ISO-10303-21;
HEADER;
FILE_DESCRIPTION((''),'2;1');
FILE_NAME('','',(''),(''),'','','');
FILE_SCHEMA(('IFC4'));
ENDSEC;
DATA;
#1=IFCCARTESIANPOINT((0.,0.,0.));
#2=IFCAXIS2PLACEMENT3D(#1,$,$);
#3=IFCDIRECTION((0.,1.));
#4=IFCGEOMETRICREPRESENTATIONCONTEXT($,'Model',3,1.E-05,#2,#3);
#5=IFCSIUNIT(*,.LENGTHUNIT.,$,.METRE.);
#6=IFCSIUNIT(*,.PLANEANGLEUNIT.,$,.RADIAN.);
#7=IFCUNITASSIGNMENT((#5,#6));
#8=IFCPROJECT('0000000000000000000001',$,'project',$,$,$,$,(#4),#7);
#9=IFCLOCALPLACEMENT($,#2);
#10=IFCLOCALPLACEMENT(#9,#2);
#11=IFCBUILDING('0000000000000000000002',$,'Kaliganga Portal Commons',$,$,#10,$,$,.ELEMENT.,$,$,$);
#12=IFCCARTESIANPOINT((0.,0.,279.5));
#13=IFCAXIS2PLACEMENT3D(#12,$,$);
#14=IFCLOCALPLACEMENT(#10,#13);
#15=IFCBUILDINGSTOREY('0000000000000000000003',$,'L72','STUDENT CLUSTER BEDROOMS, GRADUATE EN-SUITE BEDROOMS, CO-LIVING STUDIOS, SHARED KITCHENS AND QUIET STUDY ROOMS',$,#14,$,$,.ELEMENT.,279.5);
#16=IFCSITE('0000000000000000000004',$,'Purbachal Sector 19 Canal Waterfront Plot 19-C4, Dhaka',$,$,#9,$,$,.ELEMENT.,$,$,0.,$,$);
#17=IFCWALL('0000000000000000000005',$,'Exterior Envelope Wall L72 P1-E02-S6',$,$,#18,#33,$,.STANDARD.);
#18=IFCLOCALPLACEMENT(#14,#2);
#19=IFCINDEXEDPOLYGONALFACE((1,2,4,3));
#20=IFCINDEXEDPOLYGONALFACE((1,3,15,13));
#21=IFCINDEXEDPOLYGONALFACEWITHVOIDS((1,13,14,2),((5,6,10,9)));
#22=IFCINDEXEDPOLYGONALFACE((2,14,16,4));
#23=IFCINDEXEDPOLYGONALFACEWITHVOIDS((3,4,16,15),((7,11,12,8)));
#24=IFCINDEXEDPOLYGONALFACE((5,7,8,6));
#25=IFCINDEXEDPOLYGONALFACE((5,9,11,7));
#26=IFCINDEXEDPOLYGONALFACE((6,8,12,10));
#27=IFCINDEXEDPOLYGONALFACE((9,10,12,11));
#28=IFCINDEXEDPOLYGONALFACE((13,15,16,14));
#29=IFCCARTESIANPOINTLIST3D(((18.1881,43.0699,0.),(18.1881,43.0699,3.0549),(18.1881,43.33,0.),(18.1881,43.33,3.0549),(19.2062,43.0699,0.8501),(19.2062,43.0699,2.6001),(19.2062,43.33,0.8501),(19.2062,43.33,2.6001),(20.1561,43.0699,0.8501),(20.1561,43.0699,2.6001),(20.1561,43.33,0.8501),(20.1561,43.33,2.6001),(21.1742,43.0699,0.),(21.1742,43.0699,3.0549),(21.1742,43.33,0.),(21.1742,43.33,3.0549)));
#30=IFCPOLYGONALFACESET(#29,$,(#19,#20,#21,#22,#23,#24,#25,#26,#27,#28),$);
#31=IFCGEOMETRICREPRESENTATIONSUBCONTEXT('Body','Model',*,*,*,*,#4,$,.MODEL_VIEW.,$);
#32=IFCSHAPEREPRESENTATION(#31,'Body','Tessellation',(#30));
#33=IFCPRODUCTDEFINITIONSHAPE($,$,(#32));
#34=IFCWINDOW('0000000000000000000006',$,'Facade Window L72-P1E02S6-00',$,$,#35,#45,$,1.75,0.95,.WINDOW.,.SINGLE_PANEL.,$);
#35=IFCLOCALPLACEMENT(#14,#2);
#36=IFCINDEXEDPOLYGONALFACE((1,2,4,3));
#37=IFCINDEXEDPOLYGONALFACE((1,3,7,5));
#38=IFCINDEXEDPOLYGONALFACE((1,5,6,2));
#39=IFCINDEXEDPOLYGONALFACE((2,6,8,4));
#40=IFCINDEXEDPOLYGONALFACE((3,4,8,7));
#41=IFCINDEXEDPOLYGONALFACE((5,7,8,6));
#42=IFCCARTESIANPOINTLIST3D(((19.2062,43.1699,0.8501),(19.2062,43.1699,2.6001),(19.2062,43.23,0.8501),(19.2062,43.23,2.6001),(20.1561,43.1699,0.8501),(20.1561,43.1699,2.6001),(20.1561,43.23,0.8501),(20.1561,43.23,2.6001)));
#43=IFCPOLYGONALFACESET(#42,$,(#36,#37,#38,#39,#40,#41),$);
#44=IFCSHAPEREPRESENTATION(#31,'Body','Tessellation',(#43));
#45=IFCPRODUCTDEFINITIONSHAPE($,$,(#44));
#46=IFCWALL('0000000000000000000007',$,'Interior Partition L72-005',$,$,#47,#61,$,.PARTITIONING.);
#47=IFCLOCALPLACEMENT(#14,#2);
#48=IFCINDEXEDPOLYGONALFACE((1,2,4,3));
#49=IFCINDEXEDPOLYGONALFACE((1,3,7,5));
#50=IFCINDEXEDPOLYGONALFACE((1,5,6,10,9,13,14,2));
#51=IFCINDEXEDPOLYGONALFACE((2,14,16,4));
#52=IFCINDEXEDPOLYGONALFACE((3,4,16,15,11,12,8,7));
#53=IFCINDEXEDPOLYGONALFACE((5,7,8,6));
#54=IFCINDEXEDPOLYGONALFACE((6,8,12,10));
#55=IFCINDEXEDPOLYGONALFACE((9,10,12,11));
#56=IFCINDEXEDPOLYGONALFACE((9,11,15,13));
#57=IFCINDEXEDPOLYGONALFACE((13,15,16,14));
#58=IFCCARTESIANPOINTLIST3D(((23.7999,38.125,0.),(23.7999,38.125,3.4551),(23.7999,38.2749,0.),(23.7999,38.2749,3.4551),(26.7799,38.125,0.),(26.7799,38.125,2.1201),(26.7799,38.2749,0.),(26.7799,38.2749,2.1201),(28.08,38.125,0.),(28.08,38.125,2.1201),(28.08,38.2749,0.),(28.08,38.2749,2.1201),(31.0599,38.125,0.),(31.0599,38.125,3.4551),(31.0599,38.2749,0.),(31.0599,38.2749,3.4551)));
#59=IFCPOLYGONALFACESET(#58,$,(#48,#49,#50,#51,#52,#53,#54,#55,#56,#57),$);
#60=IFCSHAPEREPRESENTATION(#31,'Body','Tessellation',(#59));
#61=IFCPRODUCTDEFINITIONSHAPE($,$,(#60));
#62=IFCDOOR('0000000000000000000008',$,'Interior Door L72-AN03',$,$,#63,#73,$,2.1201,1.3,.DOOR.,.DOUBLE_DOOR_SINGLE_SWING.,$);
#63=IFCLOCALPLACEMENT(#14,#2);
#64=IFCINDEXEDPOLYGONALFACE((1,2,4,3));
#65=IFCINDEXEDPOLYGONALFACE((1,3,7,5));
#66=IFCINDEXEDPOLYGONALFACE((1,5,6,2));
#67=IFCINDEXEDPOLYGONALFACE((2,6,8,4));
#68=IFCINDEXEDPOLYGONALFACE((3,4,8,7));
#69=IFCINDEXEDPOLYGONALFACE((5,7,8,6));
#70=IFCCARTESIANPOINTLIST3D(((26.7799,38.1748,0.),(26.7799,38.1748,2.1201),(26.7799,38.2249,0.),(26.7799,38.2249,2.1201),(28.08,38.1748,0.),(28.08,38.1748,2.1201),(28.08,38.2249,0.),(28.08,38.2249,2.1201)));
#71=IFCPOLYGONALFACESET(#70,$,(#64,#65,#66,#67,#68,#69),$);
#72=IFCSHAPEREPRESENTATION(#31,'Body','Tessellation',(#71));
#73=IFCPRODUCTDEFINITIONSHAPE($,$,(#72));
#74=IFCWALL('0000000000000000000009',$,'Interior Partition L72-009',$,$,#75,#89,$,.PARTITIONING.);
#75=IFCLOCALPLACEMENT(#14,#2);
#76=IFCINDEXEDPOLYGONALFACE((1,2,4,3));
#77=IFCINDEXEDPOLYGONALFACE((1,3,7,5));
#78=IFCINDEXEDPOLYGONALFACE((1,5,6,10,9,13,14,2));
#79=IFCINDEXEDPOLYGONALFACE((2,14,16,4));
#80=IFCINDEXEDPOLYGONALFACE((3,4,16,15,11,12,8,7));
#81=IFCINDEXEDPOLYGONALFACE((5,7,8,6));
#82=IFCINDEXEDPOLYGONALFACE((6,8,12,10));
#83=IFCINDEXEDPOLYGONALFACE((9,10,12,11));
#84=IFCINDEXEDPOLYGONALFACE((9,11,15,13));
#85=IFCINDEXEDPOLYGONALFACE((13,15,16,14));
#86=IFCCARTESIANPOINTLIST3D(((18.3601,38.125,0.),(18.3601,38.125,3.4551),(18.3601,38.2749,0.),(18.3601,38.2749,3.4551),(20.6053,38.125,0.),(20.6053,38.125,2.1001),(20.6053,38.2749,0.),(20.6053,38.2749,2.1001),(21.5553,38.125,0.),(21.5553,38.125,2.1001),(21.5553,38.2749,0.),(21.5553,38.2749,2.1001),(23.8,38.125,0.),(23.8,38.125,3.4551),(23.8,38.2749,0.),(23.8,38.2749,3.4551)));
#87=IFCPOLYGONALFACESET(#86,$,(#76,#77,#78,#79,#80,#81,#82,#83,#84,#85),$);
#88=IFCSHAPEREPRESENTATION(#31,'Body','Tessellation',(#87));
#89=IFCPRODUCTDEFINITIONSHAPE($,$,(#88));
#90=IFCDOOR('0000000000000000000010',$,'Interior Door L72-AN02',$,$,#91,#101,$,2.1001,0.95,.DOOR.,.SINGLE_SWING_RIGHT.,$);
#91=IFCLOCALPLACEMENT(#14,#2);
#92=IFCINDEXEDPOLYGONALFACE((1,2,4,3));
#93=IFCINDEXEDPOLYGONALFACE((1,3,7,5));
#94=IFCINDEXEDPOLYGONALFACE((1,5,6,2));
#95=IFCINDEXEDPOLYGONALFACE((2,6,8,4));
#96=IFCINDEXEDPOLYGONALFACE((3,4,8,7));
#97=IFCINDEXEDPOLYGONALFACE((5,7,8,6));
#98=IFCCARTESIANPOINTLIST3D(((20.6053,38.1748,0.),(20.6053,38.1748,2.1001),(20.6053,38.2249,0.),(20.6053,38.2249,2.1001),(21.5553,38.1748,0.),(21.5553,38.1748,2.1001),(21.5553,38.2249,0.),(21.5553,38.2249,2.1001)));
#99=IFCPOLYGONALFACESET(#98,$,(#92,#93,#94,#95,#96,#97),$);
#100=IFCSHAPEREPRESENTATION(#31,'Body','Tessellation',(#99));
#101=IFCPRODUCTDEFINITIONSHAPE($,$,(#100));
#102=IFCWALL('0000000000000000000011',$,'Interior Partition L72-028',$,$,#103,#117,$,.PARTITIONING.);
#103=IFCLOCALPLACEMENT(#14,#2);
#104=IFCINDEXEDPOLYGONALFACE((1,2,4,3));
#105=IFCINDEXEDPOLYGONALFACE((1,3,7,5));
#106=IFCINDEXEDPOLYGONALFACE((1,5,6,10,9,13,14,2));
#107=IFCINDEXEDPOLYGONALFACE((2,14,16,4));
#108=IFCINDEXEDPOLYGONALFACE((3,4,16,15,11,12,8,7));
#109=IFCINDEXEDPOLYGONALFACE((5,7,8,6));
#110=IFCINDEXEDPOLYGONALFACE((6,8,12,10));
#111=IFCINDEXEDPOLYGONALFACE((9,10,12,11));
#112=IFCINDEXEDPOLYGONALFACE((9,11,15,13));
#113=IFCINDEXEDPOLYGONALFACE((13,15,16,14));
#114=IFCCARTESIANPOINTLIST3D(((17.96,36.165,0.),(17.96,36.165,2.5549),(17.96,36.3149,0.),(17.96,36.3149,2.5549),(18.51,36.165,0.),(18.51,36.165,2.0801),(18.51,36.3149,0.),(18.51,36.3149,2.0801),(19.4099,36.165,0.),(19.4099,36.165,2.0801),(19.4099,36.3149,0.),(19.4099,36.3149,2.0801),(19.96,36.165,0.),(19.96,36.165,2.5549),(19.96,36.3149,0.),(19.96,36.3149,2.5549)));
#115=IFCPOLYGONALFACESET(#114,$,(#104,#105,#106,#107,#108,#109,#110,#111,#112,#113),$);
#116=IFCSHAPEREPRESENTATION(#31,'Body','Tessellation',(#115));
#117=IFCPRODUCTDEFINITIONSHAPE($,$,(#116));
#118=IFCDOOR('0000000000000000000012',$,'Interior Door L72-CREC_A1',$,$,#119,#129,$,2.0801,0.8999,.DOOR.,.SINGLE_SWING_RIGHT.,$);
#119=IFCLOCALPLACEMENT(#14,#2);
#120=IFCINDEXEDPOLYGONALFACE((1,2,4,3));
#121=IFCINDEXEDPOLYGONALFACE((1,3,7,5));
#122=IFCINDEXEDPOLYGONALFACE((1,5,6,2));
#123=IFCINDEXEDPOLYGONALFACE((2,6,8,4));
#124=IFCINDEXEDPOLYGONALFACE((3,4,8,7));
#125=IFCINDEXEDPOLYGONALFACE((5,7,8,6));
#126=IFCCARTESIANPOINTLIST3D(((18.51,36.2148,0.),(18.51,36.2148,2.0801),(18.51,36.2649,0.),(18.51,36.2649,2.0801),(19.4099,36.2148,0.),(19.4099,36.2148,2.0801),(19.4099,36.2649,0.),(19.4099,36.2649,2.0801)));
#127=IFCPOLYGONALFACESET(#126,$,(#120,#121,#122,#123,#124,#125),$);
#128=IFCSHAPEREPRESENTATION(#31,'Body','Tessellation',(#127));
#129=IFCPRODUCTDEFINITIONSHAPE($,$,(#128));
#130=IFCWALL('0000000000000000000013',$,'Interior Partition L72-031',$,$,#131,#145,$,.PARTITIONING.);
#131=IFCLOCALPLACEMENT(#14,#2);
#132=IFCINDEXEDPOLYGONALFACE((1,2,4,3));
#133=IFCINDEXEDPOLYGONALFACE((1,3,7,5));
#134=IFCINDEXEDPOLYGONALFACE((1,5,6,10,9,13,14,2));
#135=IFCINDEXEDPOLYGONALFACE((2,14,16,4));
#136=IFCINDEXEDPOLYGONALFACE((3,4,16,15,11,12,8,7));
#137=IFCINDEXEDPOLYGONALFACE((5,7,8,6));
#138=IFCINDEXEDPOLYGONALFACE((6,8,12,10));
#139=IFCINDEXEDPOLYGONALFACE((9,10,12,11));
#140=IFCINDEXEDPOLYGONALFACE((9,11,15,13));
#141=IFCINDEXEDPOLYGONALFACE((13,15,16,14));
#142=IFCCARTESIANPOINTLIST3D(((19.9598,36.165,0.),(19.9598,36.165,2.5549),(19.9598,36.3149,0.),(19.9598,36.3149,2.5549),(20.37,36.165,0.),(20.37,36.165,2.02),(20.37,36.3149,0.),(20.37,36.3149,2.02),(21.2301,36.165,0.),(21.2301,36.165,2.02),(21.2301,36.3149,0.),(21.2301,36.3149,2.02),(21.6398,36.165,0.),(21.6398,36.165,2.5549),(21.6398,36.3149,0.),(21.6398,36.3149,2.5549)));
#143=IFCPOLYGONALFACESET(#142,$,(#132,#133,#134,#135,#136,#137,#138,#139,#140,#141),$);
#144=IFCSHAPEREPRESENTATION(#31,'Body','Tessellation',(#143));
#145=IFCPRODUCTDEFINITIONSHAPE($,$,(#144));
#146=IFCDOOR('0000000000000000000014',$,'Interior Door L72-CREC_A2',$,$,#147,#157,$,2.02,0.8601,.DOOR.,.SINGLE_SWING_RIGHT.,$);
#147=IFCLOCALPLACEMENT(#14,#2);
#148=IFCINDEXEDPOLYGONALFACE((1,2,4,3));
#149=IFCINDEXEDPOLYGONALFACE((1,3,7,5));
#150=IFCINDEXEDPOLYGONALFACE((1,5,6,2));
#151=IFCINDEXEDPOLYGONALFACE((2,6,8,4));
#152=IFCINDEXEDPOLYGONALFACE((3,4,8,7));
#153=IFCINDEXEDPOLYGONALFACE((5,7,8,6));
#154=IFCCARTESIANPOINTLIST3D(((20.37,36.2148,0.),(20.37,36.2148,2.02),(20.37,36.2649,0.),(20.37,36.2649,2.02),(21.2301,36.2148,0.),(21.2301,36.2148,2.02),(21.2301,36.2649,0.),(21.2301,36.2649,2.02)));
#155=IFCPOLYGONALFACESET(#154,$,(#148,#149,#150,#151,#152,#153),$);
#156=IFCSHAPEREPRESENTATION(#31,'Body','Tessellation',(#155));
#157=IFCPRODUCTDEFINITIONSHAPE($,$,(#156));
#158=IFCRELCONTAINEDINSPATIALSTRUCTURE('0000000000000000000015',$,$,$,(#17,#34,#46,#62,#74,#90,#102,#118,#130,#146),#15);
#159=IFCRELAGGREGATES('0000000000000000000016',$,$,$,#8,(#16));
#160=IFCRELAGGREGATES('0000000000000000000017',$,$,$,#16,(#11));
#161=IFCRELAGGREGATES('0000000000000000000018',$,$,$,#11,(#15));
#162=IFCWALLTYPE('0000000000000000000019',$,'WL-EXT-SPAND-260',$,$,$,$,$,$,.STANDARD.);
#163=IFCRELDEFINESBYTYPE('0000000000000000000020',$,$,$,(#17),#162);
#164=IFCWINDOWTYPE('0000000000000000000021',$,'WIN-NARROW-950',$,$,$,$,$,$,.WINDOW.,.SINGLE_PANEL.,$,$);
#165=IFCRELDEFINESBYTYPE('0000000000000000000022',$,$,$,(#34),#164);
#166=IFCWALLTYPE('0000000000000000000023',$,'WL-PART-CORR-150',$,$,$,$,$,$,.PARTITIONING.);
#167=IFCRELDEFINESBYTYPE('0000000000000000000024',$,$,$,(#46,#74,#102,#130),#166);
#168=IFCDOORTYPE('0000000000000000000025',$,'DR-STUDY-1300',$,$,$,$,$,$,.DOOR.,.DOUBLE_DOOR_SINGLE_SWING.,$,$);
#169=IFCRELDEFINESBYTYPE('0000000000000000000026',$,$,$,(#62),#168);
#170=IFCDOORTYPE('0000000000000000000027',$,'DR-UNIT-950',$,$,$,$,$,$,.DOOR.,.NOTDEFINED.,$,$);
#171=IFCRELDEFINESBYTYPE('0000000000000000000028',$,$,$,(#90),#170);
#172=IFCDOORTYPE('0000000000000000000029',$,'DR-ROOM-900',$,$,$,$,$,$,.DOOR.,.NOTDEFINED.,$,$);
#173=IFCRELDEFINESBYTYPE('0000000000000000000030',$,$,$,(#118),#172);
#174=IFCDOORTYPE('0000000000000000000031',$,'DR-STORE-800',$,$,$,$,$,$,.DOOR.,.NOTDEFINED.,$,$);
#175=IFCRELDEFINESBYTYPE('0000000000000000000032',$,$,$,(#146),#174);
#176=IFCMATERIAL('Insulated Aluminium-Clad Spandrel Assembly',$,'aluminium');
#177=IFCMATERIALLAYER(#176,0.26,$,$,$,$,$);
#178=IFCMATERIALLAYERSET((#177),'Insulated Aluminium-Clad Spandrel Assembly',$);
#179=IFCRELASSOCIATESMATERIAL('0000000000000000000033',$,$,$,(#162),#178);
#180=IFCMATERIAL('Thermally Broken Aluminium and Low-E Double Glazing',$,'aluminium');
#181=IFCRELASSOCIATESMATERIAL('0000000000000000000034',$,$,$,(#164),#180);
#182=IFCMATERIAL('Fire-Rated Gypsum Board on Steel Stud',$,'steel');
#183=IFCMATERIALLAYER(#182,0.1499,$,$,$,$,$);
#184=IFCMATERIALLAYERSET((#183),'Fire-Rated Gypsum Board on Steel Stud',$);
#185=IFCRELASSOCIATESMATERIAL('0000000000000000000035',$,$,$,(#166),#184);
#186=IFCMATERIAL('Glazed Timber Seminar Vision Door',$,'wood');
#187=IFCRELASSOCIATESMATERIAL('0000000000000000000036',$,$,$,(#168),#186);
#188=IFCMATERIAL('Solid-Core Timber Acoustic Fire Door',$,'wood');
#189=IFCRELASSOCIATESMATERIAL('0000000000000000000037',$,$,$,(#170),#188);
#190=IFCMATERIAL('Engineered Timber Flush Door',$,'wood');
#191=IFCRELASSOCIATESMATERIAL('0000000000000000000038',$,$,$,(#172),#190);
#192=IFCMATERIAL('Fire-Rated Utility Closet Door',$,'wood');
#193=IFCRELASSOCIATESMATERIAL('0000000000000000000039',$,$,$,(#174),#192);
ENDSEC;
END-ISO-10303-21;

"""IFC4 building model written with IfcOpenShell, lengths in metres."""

from ifc_helpers import new_model, si_unit, direction, frame, frame_2d, origin, place, context, subcontext, project, spatial, rectangle, extrude, material, layer, layer_set, type_object, element, fill, save


model = new_model("IFC4")

# Units and contexts
model_context = context("Model", 3, precision=1e-05, world=origin(), true_north=direction((0.0, 1.0)))
body_context = subcontext(model_context, "Body", "Model", "MODEL_VIEW")
ifc_project = project(units=[si_unit("LENGTHUNIT", "METRE"), si_unit("PLANEANGLEUNIT", "RADIAN")], contexts=[model_context])

# Site, building, storey
site_placement = place(None, origin())
site = spatial("IfcSite", under=ifc_project, at=site_placement, Name="Purbachal Sector 19 Canal Waterfront Plot 19-C4, Dhaka", CompositionType="ELEMENT", RefElevation=0.0)
building_placement = place(site_placement, origin())
building = spatial("IfcBuilding", under=site, at=building_placement, Name="Kaliganga Portal Commons", CompositionType="ELEMENT")
storey_placement = place(building_placement, frame((0.0, 0.0, 279.5)))
storey = spatial("IfcBuildingStorey", under=building, at=storey_placement, Name="L72", Description="STUDENT CLUSTER BEDROOMS, GRADUATE EN-SUITE BEDROOMS, CO-LIVING STUDIOS, SHARED KITCHENS AND QUIET STUDY ROOMS", CompositionType="ELEMENT", Elevation=279.5)

# Wall, opening, window
ifc_material_1 = material(Name="Insulated Aluminium-Clad Spandrel Assembly", Category="aluminium")
ifc_layer_1 = layer(ifc_material_1, 0.26)
ifc_layer_set_1 = layer_set([ifc_layer_1], Name="Insulated Aluminium-Clad Spandrel Assembly")
wall_type_1 = type_object("IfcWallType", Name="WL-EXT-SPAND-260", PredefinedType="STANDARD", material=ifc_layer_set_1)
ifc_material_2 = material(Name="Thermally Broken Aluminium and Low-E Double Glazing", Category="aluminium")
window_type = type_object("IfcWindowType", Name="WIN-NARROW-950", PartitioningType="SINGLE_PANEL", PredefinedType="WINDOW", material=ifc_material_2)
wall_1_placement = place(storey_placement, frame((18.188, 43.2, 0.0), z_axis=(0.0, 0.0, 1.0), x_axis=(1.0, 0.0, 0.0)))
wall_1 = element("IfcWall", 1, at=wall_1_placement, inside=storey, type_object=wall_type_1, Name="Exterior Envelope Wall L72 P1-E02-S6", PredefinedType="STANDARD", context=body_context, shape_type="SweptSolid", body=[
    extrude(rectangle(XDim=2.9861, YDim=0.26, at=frame_2d((1.4932, 0.0))), origin(), (0.0, 0.0, 1.0), 3.0549),
])
opening_1_placement = place(wall_1_placement, frame((1.0181, 0.0, 0.8501)))
opening_1 = element("IfcOpeningElement", 2, at=opening_1_placement, cuts=wall_1, PredefinedType="OPENING", context=body_context, shape_type="SweptSolid", body=[
    extrude(rectangle(XDim=0.95, YDim=1.75, at=frame_2d((0.4751, 0.875))), frame((0.0, 0.1401, 0.0), z_axis=(0.0, -1.0, 0.0), x_axis=(1.0, 0.0, 0.0)), (0.0, 0.0, 1.0), 0.28),
])
window_1_placement = place(opening_1_placement, origin())
window_1 = element("IfcWindow", 3, at=window_1_placement, inside=storey, type_object=window_type, Name="Facade Window L72-P1E02S6-00", OverallHeight=1.75, OverallWidth=0.95, PartitioningType="SINGLE_PANEL", PredefinedType="WINDOW", context=body_context, shape_type="SweptSolid", body=[
    extrude(rectangle(XDim=0.95, YDim=1.75, at=frame_2d((0.4751, 0.875))), frame((0.0, 0.03, 0.0), z_axis=(0.0, -1.0, 0.0), x_axis=(1.0, 0.0, 0.0)), (0.0, 0.0, 1.0), 0.0601),
])
fill(opening_1, window_1)

# Walls, openings, doors
ifc_material_3 = material(Name="Fire-Rated Gypsum Board on Steel Stud", Category="steel")
ifc_layer_2 = layer(ifc_material_3, 0.1499)
ifc_layer_set_2 = layer_set([ifc_layer_2], Name="Fire-Rated Gypsum Board on Steel Stud")
wall_type_2 = type_object("IfcWallType", Name="WL-PART-CORR-150", PredefinedType="PARTITIONING", material=ifc_layer_set_2)
wall_2_placement = place(storey_placement, frame((23.8, 38.2, 0.0), z_axis=(0.0, 0.0, 1.0), x_axis=(1.0, 0.0, 0.0)))
wall_2 = element("IfcWall", 4, at=wall_2_placement, inside=storey, type_object=wall_type_2, Name="Interior Partition L72-005", PredefinedType="PARTITIONING", context=body_context, shape_type="SweptSolid", body=[
    extrude(rectangle(XDim=7.26, YDim=0.1499, at=frame_2d((3.6299, 0.0))), origin(), (0.0, 0.0, 1.0), 3.4551),
])
opening_2_placement = place(wall_2_placement, frame((2.98, 0.0, 0.0)))
opening_2 = element("IfcOpeningElement", 5, at=opening_2_placement, cuts=wall_2, PredefinedType="OPENING", context=body_context, shape_type="SweptSolid", body=[
    extrude(rectangle(XDim=1.3, YDim=2.1201, at=frame_2d((0.6499, 1.0601))), frame((0.0, 0.085, 0.0), z_axis=(0.0, -1.0, 0.0), x_axis=(1.0, 0.0, 0.0)), (0.0, 0.0, 1.0), 0.1699),
])
ifc_material_4 = material(Name="Glazed Timber Seminar Vision Door", Category="wood")
door_type_1 = type_object("IfcDoorType", Name="DR-STUDY-1300", OperationType="DOUBLE_DOOR_SINGLE_SWING", PredefinedType="DOOR", material=ifc_material_4)
door_1_placement = place(opening_2_placement, origin())
door_1 = element("IfcDoor", 6, at=door_1_placement, inside=storey, type_object=door_type_1, Name="Interior Door L72-AN03", OperationType="DOUBLE_DOOR_SINGLE_SWING", OverallHeight=2.1201, OverallWidth=1.3, PredefinedType="DOOR", context=body_context, shape_type="SweptSolid", body=[
    extrude(rectangle(XDim=1.3, YDim=2.1201, at=frame_2d((0.6499, 1.0601))), frame((0.0, 0.0249, 0.0), z_axis=(0.0, -1.0, 0.0), x_axis=(1.0, 0.0, 0.0)), (0.0, 0.0, 1.0), 0.05),
])
fill(opening_2, door_1)
wall_3_placement = place(storey_placement, frame((18.3601, 38.2, 0.0), z_axis=(0.0, 0.0, 1.0), x_axis=(1.0, 0.0, 0.0)))
wall_3 = element("IfcWall", 7, at=wall_3_placement, inside=storey, type_object=wall_type_2, Name="Interior Partition L72-009", PredefinedType="PARTITIONING", context=body_context, shape_type="SweptSolid", body=[
    extrude(rectangle(XDim=5.4399, YDim=0.1499, at=frame_2d((2.72, 0.0))), origin(), (0.0, 0.0, 1.0), 3.4551),
])
opening_3_placement = place(wall_3_placement, frame((2.2451, 0.0, 0.0)))
opening_3 = element("IfcOpeningElement", 8, at=opening_3_placement, cuts=wall_3, PredefinedType="OPENING", context=body_context, shape_type="SweptSolid", body=[
    extrude(rectangle(XDim=0.95, YDim=2.1001, at=frame_2d((0.4751, 1.05))), frame((0.0, 0.085, 0.0), z_axis=(0.0, -1.0, 0.0), x_axis=(1.0, 0.0, 0.0)), (0.0, 0.0, 1.0), 0.1699),
])
ifc_material_5 = material(Name="Solid-Core Timber Acoustic Fire Door", Category="wood")
door_type_2 = type_object("IfcDoorType", Name="DR-UNIT-950", OperationType="NOTDEFINED", PredefinedType="DOOR", material=ifc_material_5)
door_2_placement = place(opening_3_placement, origin())
door_2 = element("IfcDoor", 9, at=door_2_placement, inside=storey, type_object=door_type_2, Name="Interior Door L72-AN02", OperationType="SINGLE_SWING_RIGHT", OverallHeight=2.1001, OverallWidth=0.95, PredefinedType="DOOR", context=body_context, shape_type="SweptSolid", body=[
    extrude(rectangle(XDim=0.95, YDim=2.1001, at=frame_2d((0.4751, 1.05))), frame((0.0, 0.0249, 0.0), z_axis=(0.0, -1.0, 0.0), x_axis=(1.0, 0.0, 0.0)), (0.0, 0.0, 1.0), 0.05),
])
fill(opening_3, door_2)
wall_4_placement = place(storey_placement, frame((17.96, 36.24, 0.0), z_axis=(0.0, 0.0, 1.0), x_axis=(1.0, 0.0, 0.0)))
wall_4 = element("IfcWall", 10, at=wall_4_placement, inside=storey, type_object=wall_type_2, Name="Interior Partition L72-028", PredefinedType="PARTITIONING", context=body_context, shape_type="SweptSolid", body=[
    extrude(rectangle(XDim=2.0, YDim=0.1499, at=frame_2d((1.0, 0.0))), origin(), (0.0, 0.0, 1.0), 2.5549),
])
opening_4_placement = place(wall_4_placement, frame((0.55, 0.0, 0.0)))
opening_4 = element("IfcOpeningElement", 11, at=opening_4_placement, cuts=wall_4, PredefinedType="OPENING", context=body_context, shape_type="SweptSolid", body=[
    extrude(rectangle(XDim=0.8999, YDim=2.0801, at=frame_2d((0.45, 1.04))), frame((0.0, 0.085, 0.0), z_axis=(0.0, -1.0, 0.0), x_axis=(1.0, 0.0, 0.0)), (0.0, 0.0, 1.0), 0.1699),
])
ifc_material_6 = material(Name="Engineered Timber Flush Door", Category="wood")
door_type_3 = type_object("IfcDoorType", Name="DR-ROOM-900", OperationType="NOTDEFINED", PredefinedType="DOOR", material=ifc_material_6)
door_3_placement = place(opening_4_placement, origin())
door_3 = element("IfcDoor", 12, at=door_3_placement, inside=storey, type_object=door_type_3, Name="Interior Door L72-CREC_A1", OperationType="SINGLE_SWING_RIGHT", OverallHeight=2.0801, OverallWidth=0.8999, PredefinedType="DOOR", context=body_context, shape_type="SweptSolid", body=[
    extrude(rectangle(XDim=0.8999, YDim=2.0801, at=frame_2d((0.45, 1.04))), frame((0.0, 0.0249, 0.0), z_axis=(0.0, -1.0, 0.0), x_axis=(1.0, 0.0, 0.0)), (0.0, 0.0, 1.0), 0.05),
])
fill(opening_4, door_3)
wall_5_placement = place(storey_placement, frame((19.96, 36.24, 0.0), z_axis=(0.0, 0.0, 1.0), x_axis=(1.0, 0.0, 0.0)))
wall_5 = element("IfcWall", 13, at=wall_5_placement, inside=storey, type_object=wall_type_2, Name="Interior Partition L72-031", PredefinedType="PARTITIONING", context=body_context, shape_type="SweptSolid", body=[
    extrude(rectangle(XDim=1.6799, YDim=0.1499, at=frame_2d((0.8398, 0.0))), origin(), (0.0, 0.0, 1.0), 2.5549),
])
opening_5_placement = place(wall_5_placement, frame((0.4099, 0.0, 0.0)))
opening_5 = element("IfcOpeningElement", 14, at=opening_5_placement, cuts=wall_5, PredefinedType="OPENING", context=body_context, shape_type="SweptSolid", body=[
    extrude(rectangle(XDim=0.8601, YDim=2.02, at=frame_2d((0.4302, 1.01))), frame((0.0, 0.085, 0.0), z_axis=(0.0, -1.0, 0.0), x_axis=(1.0, 0.0, 0.0)), (0.0, 0.0, 1.0), 0.1699),
])
ifc_material_7 = material(Name="Fire-Rated Utility Closet Door", Category="wood")
door_type_4 = type_object("IfcDoorType", Name="DR-STORE-800", OperationType="NOTDEFINED", PredefinedType="DOOR", material=ifc_material_7)
door_4_placement = place(opening_5_placement, origin())
door_4 = element("IfcDoor", 15, at=door_4_placement, inside=storey, type_object=door_type_4, Name="Interior Door L72-CREC_A2", OperationType="SINGLE_SWING_RIGHT", OverallHeight=2.02, OverallWidth=0.8601, PredefinedType="DOOR", context=body_context, shape_type="SweptSolid", body=[
    extrude(rectangle(XDim=0.8601, YDim=2.02, at=frame_2d((0.4302, 1.01))), frame((0.0, 0.0249, 0.0), z_axis=(0.0, -1.0, 0.0), x_axis=(1.0, 0.0, 0.0)), (0.0, 0.0, 1.0), 0.05),
])
fill(opening_5, door_4)

save(model, "model.ifc")
